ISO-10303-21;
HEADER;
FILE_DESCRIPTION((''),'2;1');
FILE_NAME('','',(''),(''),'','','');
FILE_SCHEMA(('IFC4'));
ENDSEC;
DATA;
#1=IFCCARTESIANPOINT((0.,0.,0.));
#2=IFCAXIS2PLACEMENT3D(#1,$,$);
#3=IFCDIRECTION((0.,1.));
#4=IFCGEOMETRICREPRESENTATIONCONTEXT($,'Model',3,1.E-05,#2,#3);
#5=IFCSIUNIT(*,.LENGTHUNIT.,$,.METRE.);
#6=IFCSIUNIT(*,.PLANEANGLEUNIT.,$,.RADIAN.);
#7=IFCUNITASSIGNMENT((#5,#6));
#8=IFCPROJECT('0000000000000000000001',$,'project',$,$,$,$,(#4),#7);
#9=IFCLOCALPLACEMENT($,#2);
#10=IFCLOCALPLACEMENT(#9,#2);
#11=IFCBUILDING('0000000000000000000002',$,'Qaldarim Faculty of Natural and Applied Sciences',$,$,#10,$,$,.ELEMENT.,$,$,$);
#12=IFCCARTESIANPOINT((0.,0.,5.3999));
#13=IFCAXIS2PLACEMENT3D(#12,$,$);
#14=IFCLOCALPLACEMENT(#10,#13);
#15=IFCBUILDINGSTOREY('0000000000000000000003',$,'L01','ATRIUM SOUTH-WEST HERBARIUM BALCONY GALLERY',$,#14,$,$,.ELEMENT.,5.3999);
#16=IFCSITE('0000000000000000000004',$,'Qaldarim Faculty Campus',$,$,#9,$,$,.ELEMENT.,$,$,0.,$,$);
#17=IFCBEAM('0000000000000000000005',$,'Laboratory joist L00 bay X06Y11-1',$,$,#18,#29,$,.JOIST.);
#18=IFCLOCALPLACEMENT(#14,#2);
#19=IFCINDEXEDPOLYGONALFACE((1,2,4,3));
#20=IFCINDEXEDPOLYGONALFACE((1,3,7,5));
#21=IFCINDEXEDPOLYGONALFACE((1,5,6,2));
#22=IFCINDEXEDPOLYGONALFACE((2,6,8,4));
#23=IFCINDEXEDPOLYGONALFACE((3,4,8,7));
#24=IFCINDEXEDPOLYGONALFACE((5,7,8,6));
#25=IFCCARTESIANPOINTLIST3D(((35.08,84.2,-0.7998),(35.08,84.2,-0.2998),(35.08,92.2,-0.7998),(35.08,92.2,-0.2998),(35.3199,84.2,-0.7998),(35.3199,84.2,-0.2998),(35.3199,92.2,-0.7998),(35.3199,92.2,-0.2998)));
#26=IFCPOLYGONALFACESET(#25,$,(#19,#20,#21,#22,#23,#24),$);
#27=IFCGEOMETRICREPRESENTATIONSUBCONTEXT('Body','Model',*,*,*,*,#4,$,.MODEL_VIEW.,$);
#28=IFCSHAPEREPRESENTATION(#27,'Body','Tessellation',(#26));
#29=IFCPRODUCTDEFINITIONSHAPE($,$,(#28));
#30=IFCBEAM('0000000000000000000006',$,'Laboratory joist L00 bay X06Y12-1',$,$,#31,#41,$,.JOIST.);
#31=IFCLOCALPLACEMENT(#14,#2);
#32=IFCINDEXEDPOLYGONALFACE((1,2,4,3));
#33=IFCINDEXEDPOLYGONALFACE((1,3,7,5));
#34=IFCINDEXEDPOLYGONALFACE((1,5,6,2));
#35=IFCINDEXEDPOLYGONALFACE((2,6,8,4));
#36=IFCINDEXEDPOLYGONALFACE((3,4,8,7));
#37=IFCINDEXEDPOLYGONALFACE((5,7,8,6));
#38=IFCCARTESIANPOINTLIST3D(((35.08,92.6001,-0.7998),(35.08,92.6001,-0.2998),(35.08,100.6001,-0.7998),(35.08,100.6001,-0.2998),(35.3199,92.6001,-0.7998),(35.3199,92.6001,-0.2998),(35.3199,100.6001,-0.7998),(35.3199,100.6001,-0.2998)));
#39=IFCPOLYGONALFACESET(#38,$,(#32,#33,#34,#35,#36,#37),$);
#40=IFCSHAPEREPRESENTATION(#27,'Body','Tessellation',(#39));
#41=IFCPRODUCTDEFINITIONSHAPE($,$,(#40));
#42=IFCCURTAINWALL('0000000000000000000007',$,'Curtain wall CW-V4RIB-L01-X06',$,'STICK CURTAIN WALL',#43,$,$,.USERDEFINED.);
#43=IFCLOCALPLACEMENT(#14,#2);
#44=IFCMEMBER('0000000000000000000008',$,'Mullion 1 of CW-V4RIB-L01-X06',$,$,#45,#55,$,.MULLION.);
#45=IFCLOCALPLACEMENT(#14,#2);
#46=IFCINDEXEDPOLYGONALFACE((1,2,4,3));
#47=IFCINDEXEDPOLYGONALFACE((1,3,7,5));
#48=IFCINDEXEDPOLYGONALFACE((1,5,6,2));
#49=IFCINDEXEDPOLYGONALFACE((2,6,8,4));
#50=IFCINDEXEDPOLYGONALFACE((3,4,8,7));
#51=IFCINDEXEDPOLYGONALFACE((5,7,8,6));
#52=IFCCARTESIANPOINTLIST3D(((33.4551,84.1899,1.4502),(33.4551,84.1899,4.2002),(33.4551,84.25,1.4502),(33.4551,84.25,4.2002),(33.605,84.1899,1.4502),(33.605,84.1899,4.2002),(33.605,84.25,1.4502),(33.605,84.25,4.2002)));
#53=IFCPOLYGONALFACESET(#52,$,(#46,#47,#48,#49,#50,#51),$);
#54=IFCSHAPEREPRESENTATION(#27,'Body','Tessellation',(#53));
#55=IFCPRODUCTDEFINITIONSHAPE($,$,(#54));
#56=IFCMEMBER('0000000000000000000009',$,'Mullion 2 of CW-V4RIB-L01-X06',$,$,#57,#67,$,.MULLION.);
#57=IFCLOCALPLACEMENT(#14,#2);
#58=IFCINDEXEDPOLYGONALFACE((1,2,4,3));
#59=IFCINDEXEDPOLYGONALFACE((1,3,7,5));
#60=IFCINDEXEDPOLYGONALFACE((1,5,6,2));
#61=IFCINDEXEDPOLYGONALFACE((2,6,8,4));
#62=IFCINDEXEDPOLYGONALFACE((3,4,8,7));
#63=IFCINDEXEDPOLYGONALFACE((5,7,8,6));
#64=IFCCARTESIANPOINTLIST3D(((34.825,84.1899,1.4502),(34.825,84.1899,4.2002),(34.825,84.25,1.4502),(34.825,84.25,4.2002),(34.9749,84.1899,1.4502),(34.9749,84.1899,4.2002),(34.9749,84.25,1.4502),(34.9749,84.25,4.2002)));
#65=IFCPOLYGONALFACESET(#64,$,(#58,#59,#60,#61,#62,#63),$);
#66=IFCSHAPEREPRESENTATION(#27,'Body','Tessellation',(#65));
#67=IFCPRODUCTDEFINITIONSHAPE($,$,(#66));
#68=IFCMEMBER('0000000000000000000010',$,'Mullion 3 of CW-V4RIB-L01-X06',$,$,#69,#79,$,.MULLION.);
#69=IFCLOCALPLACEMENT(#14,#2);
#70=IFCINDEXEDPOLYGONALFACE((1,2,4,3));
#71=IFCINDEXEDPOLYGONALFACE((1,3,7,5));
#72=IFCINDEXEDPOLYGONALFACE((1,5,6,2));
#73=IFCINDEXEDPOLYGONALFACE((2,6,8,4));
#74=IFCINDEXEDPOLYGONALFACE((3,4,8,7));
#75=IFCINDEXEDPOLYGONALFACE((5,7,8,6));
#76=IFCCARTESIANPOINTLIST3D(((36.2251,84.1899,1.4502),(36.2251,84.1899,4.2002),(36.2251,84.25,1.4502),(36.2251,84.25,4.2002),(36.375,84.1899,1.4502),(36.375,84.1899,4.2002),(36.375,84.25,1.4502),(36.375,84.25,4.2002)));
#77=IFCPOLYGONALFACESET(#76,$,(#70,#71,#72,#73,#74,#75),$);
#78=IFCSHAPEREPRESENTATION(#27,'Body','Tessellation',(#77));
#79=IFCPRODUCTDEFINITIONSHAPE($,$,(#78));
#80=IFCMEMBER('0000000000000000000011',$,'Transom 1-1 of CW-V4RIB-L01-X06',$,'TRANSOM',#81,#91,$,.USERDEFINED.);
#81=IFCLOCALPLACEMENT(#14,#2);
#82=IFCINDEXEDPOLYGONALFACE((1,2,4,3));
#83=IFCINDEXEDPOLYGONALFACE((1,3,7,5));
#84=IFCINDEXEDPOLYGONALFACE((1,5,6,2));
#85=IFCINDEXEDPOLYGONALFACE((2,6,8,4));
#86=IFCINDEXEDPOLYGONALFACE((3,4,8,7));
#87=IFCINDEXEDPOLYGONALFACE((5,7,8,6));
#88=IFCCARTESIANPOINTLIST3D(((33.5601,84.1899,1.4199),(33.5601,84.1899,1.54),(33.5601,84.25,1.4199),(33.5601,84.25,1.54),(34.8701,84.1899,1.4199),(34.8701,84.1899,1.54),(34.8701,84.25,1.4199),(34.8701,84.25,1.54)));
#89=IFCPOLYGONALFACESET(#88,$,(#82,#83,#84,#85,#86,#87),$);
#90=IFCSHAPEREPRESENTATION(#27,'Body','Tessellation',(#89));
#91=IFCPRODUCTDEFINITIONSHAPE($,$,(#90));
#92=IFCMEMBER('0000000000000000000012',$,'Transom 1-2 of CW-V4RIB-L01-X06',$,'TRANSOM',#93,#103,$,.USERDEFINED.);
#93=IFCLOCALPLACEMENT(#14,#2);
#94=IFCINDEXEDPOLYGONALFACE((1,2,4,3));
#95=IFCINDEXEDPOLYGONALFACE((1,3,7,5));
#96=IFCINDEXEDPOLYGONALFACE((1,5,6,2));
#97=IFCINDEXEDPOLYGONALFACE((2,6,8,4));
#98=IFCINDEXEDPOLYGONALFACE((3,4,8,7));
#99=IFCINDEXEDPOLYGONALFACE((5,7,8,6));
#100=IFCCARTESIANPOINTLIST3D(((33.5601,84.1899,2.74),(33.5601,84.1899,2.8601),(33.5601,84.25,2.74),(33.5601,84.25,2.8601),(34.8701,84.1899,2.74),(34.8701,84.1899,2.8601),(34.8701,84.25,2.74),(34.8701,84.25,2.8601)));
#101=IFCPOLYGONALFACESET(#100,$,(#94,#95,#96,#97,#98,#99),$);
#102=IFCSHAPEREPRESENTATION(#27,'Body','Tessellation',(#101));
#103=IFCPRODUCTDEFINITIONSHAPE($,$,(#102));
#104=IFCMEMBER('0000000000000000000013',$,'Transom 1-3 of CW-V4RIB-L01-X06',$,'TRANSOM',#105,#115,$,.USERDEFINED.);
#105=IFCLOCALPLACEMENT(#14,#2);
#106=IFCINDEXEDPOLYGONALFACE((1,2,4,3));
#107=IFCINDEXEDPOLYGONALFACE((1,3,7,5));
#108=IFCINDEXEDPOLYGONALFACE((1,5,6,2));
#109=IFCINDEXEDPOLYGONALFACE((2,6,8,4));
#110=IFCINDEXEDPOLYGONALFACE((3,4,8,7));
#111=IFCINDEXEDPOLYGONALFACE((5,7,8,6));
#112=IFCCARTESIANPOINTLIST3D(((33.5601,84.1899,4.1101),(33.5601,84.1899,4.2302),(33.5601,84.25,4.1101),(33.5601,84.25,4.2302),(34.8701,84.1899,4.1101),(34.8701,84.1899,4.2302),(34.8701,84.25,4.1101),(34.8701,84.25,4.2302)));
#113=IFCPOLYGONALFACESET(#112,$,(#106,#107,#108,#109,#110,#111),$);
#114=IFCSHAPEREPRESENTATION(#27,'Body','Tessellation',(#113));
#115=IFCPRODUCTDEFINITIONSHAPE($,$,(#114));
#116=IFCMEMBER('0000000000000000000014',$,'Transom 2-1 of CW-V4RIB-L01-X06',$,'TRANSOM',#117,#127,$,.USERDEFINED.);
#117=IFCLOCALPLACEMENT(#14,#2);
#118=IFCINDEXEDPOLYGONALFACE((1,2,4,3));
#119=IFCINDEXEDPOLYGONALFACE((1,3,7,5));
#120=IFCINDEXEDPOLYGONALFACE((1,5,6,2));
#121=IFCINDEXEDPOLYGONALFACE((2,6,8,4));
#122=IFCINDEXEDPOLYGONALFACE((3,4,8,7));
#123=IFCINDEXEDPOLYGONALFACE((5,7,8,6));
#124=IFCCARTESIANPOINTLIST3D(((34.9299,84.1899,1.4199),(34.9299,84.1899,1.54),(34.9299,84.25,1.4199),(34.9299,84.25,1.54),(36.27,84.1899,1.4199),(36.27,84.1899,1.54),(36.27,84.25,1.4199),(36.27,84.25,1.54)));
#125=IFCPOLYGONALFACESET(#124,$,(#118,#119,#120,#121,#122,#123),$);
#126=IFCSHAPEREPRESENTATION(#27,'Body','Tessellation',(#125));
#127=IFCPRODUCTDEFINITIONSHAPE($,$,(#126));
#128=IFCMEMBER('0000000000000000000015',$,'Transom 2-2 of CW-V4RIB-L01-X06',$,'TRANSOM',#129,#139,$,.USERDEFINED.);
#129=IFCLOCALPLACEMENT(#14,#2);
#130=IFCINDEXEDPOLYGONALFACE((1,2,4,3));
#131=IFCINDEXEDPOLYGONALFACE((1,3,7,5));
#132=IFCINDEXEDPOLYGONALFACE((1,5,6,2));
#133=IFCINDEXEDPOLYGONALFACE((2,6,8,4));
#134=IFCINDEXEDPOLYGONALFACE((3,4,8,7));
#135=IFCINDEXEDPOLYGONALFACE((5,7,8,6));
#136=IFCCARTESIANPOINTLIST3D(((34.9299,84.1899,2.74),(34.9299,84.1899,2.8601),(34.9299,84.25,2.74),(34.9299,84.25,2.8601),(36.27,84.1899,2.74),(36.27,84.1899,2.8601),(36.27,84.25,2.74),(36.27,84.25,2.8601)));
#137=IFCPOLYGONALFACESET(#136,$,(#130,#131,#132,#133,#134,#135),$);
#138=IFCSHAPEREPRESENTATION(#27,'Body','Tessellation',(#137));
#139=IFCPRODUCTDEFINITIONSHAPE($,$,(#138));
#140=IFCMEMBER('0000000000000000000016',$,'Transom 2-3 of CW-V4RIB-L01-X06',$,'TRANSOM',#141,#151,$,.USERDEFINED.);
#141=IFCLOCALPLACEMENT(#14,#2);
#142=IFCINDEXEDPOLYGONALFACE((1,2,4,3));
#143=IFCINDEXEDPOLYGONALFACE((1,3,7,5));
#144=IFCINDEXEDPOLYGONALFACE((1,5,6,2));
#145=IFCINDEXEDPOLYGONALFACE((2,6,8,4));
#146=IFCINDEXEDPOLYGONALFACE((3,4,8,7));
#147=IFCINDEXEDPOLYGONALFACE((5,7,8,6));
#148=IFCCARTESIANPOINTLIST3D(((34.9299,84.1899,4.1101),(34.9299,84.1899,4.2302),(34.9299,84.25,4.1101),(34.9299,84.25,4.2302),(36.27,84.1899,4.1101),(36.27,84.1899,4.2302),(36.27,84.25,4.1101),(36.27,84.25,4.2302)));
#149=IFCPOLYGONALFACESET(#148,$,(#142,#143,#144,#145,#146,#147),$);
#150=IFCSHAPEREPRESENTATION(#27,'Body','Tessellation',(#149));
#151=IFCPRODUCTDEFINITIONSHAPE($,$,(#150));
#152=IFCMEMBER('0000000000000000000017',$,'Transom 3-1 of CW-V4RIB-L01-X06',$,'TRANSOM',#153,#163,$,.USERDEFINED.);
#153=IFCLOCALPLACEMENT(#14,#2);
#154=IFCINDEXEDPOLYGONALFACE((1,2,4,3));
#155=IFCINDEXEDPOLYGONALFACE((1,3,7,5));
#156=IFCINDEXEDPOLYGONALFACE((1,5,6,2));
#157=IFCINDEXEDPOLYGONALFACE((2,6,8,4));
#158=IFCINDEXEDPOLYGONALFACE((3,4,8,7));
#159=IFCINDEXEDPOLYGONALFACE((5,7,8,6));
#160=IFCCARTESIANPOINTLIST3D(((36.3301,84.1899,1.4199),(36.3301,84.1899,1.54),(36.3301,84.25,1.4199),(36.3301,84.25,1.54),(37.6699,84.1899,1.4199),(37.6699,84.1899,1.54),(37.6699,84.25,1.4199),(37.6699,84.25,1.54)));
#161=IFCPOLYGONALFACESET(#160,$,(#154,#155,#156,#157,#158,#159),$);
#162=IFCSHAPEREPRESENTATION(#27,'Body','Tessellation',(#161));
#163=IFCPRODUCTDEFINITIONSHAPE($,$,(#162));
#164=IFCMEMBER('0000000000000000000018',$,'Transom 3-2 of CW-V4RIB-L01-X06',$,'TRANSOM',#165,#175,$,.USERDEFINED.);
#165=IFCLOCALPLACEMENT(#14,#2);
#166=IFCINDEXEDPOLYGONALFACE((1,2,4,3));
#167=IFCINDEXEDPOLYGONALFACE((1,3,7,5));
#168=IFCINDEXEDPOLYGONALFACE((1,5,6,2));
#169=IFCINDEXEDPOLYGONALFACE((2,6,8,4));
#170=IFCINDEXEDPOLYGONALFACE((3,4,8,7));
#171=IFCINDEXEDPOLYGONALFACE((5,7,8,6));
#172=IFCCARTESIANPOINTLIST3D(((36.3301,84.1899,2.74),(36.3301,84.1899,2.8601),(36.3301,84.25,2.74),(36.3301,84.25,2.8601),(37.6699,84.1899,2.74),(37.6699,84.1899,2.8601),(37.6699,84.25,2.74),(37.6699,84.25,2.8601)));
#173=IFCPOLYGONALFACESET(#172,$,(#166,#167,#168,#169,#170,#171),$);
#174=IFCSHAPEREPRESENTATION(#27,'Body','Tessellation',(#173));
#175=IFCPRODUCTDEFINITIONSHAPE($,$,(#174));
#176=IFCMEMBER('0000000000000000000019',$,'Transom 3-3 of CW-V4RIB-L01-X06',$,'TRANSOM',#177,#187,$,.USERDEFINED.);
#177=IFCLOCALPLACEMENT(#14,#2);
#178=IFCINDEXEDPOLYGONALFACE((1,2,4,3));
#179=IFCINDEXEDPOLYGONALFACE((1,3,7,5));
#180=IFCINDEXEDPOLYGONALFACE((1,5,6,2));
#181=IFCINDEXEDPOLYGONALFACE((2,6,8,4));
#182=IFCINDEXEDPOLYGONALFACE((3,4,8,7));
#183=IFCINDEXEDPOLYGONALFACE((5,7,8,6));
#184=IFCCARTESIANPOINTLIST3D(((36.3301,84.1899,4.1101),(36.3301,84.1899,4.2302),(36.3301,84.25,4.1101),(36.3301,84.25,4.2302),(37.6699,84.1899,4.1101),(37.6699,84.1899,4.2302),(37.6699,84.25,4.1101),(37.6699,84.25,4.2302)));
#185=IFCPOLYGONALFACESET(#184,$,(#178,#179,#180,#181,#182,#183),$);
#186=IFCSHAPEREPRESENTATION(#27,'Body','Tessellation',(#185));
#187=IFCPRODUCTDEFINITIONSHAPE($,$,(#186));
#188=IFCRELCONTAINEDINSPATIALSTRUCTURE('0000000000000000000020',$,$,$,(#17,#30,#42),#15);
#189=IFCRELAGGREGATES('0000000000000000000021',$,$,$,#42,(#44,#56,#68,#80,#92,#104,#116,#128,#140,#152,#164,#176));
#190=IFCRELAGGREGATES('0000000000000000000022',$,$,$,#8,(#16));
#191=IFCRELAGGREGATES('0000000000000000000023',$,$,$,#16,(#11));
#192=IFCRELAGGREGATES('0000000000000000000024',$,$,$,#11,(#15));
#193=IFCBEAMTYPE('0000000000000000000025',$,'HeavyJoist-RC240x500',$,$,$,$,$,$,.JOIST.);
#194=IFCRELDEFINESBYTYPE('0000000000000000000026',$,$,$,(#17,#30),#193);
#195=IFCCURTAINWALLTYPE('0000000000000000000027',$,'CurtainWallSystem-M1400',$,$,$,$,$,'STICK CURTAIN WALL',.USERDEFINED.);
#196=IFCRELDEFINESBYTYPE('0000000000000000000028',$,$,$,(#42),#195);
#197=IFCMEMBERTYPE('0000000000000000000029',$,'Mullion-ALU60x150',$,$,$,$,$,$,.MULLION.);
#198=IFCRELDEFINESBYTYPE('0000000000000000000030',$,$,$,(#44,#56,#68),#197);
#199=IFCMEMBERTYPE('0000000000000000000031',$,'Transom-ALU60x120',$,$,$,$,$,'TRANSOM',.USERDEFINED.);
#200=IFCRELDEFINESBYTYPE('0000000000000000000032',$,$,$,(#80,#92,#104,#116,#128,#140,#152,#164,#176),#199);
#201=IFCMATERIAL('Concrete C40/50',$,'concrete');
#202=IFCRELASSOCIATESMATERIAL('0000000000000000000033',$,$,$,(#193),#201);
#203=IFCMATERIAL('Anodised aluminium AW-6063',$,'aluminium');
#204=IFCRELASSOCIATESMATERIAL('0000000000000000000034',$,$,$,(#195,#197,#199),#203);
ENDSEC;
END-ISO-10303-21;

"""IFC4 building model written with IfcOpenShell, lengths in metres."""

from ifc_helpers import new_model, si_unit, direction, frame, origin, origin_2d, place, context, subcontext, project, spatial, rectangle, extrude, material, material_profile, profile_set, type_object, element, aggregate, save


model = new_model("IFC4")

# Units and contexts
model_context = context("Model", 3, precision=1e-05, world=origin(), true_north=direction((0.0, 1.0)))
body_context = subcontext(model_context, "Body", "Model", "MODEL_VIEW")
ifc_project = project(units=[si_unit("LENGTHUNIT", "METRE"), si_unit("PLANEANGLEUNIT", "RADIAN")], contexts=[model_context])

# Site, building, storey
site_placement = place(None, origin())
site = spatial("IfcSite", under=ifc_project, at=site_placement, Name="Qaldarim Faculty Campus", CompositionType="ELEMENT", RefElevation=0.0)
building_placement = place(site_placement, origin())
building = spatial("IfcBuilding", under=site, at=building_placement, Name="Qaldarim Faculty of Natural and Applied Sciences", CompositionType="ELEMENT")
storey_placement = place(building_placement, frame((0.0, 0.0, 5.3999)))
storey = spatial("IfcBuildingStorey", under=building, at=storey_placement, Name="L01", Description="ATRIUM SOUTH-WEST HERBARIUM BALCONY GALLERY", CompositionType="ELEMENT", Elevation=5.3999)

# Beams
ifc_material_1 = material(Name="Concrete C40/50", Category="concrete")
ifc_material_profile_1 = material_profile(ifc_material_1, rectangle(XDim=0.24, YDim=0.5, at=origin_2d()), Name="RC-J240x500")
ifc_profile_set_1 = profile_set([ifc_material_profile_1], Name="Concrete C40/50")
beam_type = type_object("IfcBeamType", Name="HeavyJoist-RC240x500", PredefinedType="JOIST", material=ifc_profile_set_1)
for number, where, z_axis, x_axis, name in (
    (1, (35.2, 84.2, -0.5498), (0.0, 1.0, 0.0), (-1.0, 0.0, 0.0), "Laboratory joist L00 bay X06Y11-1"),
    (2, (35.2, 92.6001, -0.5498), (0.0, 1.0, 0.0), (-1.0, 0.0, 0.0), "Laboratory joist L00 bay X06Y12-1"),
):
    element("IfcBeam", number, at=place(storey_placement, frame(where, z_axis=z_axis, x_axis=x_axis)), inside=storey, type_object=beam_type, Name=name, PredefinedType="JOIST", context=body_context, shape_type="SweptSolid", body=[
        extrude(rectangle(XDim=0.24, YDim=0.5, at=origin_2d()), origin(), (0.0, 0.0, 1.0), 8.0),
    ])

# Curtain wall, members
ifc_material_2 = material(Name="Anodised aluminium AW-6063", Category="aluminium")
curtain_wall_type = type_object("IfcCurtainWallType", Name="CurtainWallSystem-M1400", ElementType="STICK CURTAIN WALL", PredefinedType="USERDEFINED", material=ifc_material_2)
curtain_wall_placement = place(storey_placement, origin())
curtain_wall = element("IfcCurtainWall", 3, at=curtain_wall_placement, inside=storey, type_object=curtain_wall_type, Name="Curtain wall CW-V4RIB-L01-X06", ObjectType="STICK CURTAIN WALL", PredefinedType="USERDEFINED")
ifc_material_profile_2 = material_profile(ifc_material_2, rectangle(XDim=0.0601, YDim=0.1499, at=origin_2d()), Name="ALU-M60x150")
ifc_profile_set_2 = profile_set([ifc_material_profile_2], Name="Anodised aluminium AW-6063")
member_type_1 = type_object("IfcMemberType", Name="Mullion-ALU60x150", PredefinedType="MULLION", material=ifc_profile_set_2)
member_1_placement = place(storey_placement, frame((33.53, 84.22, 1.4502), z_axis=(0.0, 0.0, 1.0), x_axis=(0.0, 1.0, 0.0)))
member_1 = element("IfcMember", 4, at=member_1_placement, type_object=member_type_1, Name="Mullion 1 of CW-V4RIB-L01-X06", PredefinedType="MULLION", context=body_context, shape_type="SweptSolid", body=[
    extrude(rectangle(XDim=0.0601, YDim=0.1499, at=origin_2d()), origin(), (0.0, 0.0, 1.0), 2.75),
])
member_2_placement = place(storey_placement, frame((34.8999, 84.22, 1.4502), z_axis=(0.0, 0.0, 1.0), x_axis=(0.0, 1.0, 0.0)))
member_2 = element("IfcMember", 5, at=member_2_placement, type_object=member_type_1, Name="Mullion 2 of CW-V4RIB-L01-X06", PredefinedType="MULLION", context=body_context, shape_type="SweptSolid", body=[
    extrude(rectangle(XDim=0.0601, YDim=0.1499, at=origin_2d()), origin(), (0.0, 0.0, 1.0), 2.75),
])
member_3_placement = place(storey_placement, frame((36.3, 84.22, 1.4502), z_axis=(0.0, 0.0, 1.0), x_axis=(0.0, 1.0, 0.0)))
member_3 = element("IfcMember", 6, at=member_3_placement, type_object=member_type_1, Name="Mullion 3 of CW-V4RIB-L01-X06", PredefinedType="MULLION", context=body_context, shape_type="SweptSolid", body=[
    extrude(rectangle(XDim=0.0601, YDim=0.1499, at=origin_2d()), origin(), (0.0, 0.0, 1.0), 2.75),
])
ifc_material_profile_3 = material_profile(ifc_material_2, rectangle(XDim=0.0601, YDim=0.1201, at=origin_2d()), Name="ALU-T60x120")
ifc_profile_set_3 = profile_set([ifc_material_profile_3], Name="Anodised aluminium AW-6063")
member_type_2 = type_object("IfcMemberType", Name="Transom-ALU60x120", ElementType="TRANSOM", PredefinedType="USERDEFINED", material=ifc_profile_set_3)
member_4_placement = place(storey_placement, frame((33.5601, 84.22, 1.48), z_axis=(1.0, 0.0, 0.0), x_axis=(0.0, 1.0, 0.0)))
member_4 = element("IfcMember", 7, at=member_4_placement, type_object=member_type_2, Name="Transom 1-1 of CW-V4RIB-L01-X06", ObjectType="TRANSOM", PredefinedType="USERDEFINED", context=body_context, shape_type="SweptSolid", body=[
    extrude(rectangle(XDim=0.0601, YDim=0.1201, at=origin_2d()), origin(), (0.0, 0.0, 1.0), 1.3101),
])
member_5_placement = place(storey_placement, frame((33.5601, 84.22, 2.8), z_axis=(1.0, 0.0, 0.0), x_axis=(0.0, 1.0, 0.0)))
member_5 = element("IfcMember", 8, at=member_5_placement, type_object=member_type_2, Name="Transom 1-2 of CW-V4RIB-L01-X06", ObjectType="TRANSOM", PredefinedType="USERDEFINED", context=body_context, shape_type="SweptSolid", body=[
    extrude(rectangle(XDim=0.0601, YDim=0.1201, at=origin_2d()), origin(), (0.0, 0.0, 1.0), 1.3101),
])
member_6_placement = place(storey_placement, frame((33.5601, 84.22, 4.1702), z_axis=(1.0, 0.0, 0.0), x_axis=(0.0, 1.0, 0.0)))
member_6 = element("IfcMember", 9, at=member_6_placement, type_object=member_type_2, Name="Transom 1-3 of CW-V4RIB-L01-X06", ObjectType="TRANSOM", PredefinedType="USERDEFINED", context=body_context, shape_type="SweptSolid", body=[
    extrude(rectangle(XDim=0.0601, YDim=0.1201, at=origin_2d()), origin(), (0.0, 0.0, 1.0), 1.3101),
])
member_7_placement = place(storey_placement, frame((34.9299, 84.22, 1.48), z_axis=(1.0, 0.0, 0.0), x_axis=(0.0, 1.0, 0.0)))
member_7 = element("IfcMember", 10, at=member_7_placement, type_object=member_type_2, Name="Transom 2-1 of CW-V4RIB-L01-X06", ObjectType="TRANSOM", PredefinedType="USERDEFINED", context=body_context, shape_type="SweptSolid", body=[
    extrude(rectangle(XDim=0.0601, YDim=0.1201, at=origin_2d()), origin(), (0.0, 0.0, 1.0), 1.3401),
])
member_8_placement = place(storey_placement, frame((34.9299, 84.22, 2.8), z_axis=(1.0, 0.0, 0.0), x_axis=(0.0, 1.0, 0.0)))
member_8 = element("IfcMember", 11, at=member_8_placement, type_object=member_type_2, Name="Transom 2-2 of CW-V4RIB-L01-X06", ObjectType="TRANSOM", PredefinedType="USERDEFINED", context=body_context, shape_type="SweptSolid", body=[
    extrude(rectangle(XDim=0.0601, YDim=0.1201, at=origin_2d()), origin(), (0.0, 0.0, 1.0), 1.3401),
])
member_9_placement = place(storey_placement, frame((34.9299, 84.22, 4.1702), z_axis=(1.0, 0.0, 0.0), x_axis=(0.0, 1.0, 0.0)))
member_9 = element("IfcMember", 12, at=member_9_placement, type_object=member_type_2, Name="Transom 2-3 of CW-V4RIB-L01-X06", ObjectType="TRANSOM", PredefinedType="USERDEFINED", context=body_context, shape_type="SweptSolid", body=[
    extrude(rectangle(XDim=0.0601, YDim=0.1201, at=origin_2d()), origin(), (0.0, 0.0, 1.0), 1.3401),
])
member_10_placement = place(storey_placement, frame((36.3301, 84.22, 1.48), z_axis=(1.0, 0.0, 0.0), x_axis=(0.0, 1.0, 0.0)))
member_10 = element("IfcMember", 13, at=member_10_placement, type_object=member_type_2, Name="Transom 3-1 of CW-V4RIB-L01-X06", ObjectType="TRANSOM", PredefinedType="USERDEFINED", context=body_context, shape_type="SweptSolid", body=[
    extrude(rectangle(XDim=0.0601, YDim=0.1201, at=origin_2d()), origin(), (0.0, 0.0, 1.0), 1.3398),
])
member_11_placement = place(storey_placement, frame((36.3301, 84.22, 2.8), z_axis=(1.0, 0.0, 0.0), x_axis=(0.0, 1.0, 0.0)))
member_11 = element("IfcMember", 14, at=member_11_placement, type_object=member_type_2, Name="Transom 3-2 of CW-V4RIB-L01-X06", ObjectType="TRANSOM", PredefinedType="USERDEFINED", context=body_context, shape_type="SweptSolid", body=[
    extrude(rectangle(XDim=0.0601, YDim=0.1201, at=origin_2d()), origin(), (0.0, 0.0, 1.0), 1.3398),
])
member_12_placement = place(storey_placement, frame((36.3301, 84.22, 4.1702), z_axis=(1.0, 0.0, 0.0), x_axis=(0.0, 1.0, 0.0)))
member_12 = element("IfcMember", 15, at=member_12_placement, type_object=member_type_2, Name="Transom 3-3 of CW-V4RIB-L01-X06", ObjectType="TRANSOM", PredefinedType="USERDEFINED", context=body_context, shape_type="SweptSolid", body=[
    extrude(rectangle(XDim=0.0601, YDim=0.1201, at=origin_2d()), origin(), (0.0, 0.0, 1.0), 1.3398),
])
aggregate(curtain_wall, [member_1, member_2, member_3, member_4, member_5, member_6, member_7, member_8, member_9, member_10, member_11, member_12])

save(model, "model.ifc")
